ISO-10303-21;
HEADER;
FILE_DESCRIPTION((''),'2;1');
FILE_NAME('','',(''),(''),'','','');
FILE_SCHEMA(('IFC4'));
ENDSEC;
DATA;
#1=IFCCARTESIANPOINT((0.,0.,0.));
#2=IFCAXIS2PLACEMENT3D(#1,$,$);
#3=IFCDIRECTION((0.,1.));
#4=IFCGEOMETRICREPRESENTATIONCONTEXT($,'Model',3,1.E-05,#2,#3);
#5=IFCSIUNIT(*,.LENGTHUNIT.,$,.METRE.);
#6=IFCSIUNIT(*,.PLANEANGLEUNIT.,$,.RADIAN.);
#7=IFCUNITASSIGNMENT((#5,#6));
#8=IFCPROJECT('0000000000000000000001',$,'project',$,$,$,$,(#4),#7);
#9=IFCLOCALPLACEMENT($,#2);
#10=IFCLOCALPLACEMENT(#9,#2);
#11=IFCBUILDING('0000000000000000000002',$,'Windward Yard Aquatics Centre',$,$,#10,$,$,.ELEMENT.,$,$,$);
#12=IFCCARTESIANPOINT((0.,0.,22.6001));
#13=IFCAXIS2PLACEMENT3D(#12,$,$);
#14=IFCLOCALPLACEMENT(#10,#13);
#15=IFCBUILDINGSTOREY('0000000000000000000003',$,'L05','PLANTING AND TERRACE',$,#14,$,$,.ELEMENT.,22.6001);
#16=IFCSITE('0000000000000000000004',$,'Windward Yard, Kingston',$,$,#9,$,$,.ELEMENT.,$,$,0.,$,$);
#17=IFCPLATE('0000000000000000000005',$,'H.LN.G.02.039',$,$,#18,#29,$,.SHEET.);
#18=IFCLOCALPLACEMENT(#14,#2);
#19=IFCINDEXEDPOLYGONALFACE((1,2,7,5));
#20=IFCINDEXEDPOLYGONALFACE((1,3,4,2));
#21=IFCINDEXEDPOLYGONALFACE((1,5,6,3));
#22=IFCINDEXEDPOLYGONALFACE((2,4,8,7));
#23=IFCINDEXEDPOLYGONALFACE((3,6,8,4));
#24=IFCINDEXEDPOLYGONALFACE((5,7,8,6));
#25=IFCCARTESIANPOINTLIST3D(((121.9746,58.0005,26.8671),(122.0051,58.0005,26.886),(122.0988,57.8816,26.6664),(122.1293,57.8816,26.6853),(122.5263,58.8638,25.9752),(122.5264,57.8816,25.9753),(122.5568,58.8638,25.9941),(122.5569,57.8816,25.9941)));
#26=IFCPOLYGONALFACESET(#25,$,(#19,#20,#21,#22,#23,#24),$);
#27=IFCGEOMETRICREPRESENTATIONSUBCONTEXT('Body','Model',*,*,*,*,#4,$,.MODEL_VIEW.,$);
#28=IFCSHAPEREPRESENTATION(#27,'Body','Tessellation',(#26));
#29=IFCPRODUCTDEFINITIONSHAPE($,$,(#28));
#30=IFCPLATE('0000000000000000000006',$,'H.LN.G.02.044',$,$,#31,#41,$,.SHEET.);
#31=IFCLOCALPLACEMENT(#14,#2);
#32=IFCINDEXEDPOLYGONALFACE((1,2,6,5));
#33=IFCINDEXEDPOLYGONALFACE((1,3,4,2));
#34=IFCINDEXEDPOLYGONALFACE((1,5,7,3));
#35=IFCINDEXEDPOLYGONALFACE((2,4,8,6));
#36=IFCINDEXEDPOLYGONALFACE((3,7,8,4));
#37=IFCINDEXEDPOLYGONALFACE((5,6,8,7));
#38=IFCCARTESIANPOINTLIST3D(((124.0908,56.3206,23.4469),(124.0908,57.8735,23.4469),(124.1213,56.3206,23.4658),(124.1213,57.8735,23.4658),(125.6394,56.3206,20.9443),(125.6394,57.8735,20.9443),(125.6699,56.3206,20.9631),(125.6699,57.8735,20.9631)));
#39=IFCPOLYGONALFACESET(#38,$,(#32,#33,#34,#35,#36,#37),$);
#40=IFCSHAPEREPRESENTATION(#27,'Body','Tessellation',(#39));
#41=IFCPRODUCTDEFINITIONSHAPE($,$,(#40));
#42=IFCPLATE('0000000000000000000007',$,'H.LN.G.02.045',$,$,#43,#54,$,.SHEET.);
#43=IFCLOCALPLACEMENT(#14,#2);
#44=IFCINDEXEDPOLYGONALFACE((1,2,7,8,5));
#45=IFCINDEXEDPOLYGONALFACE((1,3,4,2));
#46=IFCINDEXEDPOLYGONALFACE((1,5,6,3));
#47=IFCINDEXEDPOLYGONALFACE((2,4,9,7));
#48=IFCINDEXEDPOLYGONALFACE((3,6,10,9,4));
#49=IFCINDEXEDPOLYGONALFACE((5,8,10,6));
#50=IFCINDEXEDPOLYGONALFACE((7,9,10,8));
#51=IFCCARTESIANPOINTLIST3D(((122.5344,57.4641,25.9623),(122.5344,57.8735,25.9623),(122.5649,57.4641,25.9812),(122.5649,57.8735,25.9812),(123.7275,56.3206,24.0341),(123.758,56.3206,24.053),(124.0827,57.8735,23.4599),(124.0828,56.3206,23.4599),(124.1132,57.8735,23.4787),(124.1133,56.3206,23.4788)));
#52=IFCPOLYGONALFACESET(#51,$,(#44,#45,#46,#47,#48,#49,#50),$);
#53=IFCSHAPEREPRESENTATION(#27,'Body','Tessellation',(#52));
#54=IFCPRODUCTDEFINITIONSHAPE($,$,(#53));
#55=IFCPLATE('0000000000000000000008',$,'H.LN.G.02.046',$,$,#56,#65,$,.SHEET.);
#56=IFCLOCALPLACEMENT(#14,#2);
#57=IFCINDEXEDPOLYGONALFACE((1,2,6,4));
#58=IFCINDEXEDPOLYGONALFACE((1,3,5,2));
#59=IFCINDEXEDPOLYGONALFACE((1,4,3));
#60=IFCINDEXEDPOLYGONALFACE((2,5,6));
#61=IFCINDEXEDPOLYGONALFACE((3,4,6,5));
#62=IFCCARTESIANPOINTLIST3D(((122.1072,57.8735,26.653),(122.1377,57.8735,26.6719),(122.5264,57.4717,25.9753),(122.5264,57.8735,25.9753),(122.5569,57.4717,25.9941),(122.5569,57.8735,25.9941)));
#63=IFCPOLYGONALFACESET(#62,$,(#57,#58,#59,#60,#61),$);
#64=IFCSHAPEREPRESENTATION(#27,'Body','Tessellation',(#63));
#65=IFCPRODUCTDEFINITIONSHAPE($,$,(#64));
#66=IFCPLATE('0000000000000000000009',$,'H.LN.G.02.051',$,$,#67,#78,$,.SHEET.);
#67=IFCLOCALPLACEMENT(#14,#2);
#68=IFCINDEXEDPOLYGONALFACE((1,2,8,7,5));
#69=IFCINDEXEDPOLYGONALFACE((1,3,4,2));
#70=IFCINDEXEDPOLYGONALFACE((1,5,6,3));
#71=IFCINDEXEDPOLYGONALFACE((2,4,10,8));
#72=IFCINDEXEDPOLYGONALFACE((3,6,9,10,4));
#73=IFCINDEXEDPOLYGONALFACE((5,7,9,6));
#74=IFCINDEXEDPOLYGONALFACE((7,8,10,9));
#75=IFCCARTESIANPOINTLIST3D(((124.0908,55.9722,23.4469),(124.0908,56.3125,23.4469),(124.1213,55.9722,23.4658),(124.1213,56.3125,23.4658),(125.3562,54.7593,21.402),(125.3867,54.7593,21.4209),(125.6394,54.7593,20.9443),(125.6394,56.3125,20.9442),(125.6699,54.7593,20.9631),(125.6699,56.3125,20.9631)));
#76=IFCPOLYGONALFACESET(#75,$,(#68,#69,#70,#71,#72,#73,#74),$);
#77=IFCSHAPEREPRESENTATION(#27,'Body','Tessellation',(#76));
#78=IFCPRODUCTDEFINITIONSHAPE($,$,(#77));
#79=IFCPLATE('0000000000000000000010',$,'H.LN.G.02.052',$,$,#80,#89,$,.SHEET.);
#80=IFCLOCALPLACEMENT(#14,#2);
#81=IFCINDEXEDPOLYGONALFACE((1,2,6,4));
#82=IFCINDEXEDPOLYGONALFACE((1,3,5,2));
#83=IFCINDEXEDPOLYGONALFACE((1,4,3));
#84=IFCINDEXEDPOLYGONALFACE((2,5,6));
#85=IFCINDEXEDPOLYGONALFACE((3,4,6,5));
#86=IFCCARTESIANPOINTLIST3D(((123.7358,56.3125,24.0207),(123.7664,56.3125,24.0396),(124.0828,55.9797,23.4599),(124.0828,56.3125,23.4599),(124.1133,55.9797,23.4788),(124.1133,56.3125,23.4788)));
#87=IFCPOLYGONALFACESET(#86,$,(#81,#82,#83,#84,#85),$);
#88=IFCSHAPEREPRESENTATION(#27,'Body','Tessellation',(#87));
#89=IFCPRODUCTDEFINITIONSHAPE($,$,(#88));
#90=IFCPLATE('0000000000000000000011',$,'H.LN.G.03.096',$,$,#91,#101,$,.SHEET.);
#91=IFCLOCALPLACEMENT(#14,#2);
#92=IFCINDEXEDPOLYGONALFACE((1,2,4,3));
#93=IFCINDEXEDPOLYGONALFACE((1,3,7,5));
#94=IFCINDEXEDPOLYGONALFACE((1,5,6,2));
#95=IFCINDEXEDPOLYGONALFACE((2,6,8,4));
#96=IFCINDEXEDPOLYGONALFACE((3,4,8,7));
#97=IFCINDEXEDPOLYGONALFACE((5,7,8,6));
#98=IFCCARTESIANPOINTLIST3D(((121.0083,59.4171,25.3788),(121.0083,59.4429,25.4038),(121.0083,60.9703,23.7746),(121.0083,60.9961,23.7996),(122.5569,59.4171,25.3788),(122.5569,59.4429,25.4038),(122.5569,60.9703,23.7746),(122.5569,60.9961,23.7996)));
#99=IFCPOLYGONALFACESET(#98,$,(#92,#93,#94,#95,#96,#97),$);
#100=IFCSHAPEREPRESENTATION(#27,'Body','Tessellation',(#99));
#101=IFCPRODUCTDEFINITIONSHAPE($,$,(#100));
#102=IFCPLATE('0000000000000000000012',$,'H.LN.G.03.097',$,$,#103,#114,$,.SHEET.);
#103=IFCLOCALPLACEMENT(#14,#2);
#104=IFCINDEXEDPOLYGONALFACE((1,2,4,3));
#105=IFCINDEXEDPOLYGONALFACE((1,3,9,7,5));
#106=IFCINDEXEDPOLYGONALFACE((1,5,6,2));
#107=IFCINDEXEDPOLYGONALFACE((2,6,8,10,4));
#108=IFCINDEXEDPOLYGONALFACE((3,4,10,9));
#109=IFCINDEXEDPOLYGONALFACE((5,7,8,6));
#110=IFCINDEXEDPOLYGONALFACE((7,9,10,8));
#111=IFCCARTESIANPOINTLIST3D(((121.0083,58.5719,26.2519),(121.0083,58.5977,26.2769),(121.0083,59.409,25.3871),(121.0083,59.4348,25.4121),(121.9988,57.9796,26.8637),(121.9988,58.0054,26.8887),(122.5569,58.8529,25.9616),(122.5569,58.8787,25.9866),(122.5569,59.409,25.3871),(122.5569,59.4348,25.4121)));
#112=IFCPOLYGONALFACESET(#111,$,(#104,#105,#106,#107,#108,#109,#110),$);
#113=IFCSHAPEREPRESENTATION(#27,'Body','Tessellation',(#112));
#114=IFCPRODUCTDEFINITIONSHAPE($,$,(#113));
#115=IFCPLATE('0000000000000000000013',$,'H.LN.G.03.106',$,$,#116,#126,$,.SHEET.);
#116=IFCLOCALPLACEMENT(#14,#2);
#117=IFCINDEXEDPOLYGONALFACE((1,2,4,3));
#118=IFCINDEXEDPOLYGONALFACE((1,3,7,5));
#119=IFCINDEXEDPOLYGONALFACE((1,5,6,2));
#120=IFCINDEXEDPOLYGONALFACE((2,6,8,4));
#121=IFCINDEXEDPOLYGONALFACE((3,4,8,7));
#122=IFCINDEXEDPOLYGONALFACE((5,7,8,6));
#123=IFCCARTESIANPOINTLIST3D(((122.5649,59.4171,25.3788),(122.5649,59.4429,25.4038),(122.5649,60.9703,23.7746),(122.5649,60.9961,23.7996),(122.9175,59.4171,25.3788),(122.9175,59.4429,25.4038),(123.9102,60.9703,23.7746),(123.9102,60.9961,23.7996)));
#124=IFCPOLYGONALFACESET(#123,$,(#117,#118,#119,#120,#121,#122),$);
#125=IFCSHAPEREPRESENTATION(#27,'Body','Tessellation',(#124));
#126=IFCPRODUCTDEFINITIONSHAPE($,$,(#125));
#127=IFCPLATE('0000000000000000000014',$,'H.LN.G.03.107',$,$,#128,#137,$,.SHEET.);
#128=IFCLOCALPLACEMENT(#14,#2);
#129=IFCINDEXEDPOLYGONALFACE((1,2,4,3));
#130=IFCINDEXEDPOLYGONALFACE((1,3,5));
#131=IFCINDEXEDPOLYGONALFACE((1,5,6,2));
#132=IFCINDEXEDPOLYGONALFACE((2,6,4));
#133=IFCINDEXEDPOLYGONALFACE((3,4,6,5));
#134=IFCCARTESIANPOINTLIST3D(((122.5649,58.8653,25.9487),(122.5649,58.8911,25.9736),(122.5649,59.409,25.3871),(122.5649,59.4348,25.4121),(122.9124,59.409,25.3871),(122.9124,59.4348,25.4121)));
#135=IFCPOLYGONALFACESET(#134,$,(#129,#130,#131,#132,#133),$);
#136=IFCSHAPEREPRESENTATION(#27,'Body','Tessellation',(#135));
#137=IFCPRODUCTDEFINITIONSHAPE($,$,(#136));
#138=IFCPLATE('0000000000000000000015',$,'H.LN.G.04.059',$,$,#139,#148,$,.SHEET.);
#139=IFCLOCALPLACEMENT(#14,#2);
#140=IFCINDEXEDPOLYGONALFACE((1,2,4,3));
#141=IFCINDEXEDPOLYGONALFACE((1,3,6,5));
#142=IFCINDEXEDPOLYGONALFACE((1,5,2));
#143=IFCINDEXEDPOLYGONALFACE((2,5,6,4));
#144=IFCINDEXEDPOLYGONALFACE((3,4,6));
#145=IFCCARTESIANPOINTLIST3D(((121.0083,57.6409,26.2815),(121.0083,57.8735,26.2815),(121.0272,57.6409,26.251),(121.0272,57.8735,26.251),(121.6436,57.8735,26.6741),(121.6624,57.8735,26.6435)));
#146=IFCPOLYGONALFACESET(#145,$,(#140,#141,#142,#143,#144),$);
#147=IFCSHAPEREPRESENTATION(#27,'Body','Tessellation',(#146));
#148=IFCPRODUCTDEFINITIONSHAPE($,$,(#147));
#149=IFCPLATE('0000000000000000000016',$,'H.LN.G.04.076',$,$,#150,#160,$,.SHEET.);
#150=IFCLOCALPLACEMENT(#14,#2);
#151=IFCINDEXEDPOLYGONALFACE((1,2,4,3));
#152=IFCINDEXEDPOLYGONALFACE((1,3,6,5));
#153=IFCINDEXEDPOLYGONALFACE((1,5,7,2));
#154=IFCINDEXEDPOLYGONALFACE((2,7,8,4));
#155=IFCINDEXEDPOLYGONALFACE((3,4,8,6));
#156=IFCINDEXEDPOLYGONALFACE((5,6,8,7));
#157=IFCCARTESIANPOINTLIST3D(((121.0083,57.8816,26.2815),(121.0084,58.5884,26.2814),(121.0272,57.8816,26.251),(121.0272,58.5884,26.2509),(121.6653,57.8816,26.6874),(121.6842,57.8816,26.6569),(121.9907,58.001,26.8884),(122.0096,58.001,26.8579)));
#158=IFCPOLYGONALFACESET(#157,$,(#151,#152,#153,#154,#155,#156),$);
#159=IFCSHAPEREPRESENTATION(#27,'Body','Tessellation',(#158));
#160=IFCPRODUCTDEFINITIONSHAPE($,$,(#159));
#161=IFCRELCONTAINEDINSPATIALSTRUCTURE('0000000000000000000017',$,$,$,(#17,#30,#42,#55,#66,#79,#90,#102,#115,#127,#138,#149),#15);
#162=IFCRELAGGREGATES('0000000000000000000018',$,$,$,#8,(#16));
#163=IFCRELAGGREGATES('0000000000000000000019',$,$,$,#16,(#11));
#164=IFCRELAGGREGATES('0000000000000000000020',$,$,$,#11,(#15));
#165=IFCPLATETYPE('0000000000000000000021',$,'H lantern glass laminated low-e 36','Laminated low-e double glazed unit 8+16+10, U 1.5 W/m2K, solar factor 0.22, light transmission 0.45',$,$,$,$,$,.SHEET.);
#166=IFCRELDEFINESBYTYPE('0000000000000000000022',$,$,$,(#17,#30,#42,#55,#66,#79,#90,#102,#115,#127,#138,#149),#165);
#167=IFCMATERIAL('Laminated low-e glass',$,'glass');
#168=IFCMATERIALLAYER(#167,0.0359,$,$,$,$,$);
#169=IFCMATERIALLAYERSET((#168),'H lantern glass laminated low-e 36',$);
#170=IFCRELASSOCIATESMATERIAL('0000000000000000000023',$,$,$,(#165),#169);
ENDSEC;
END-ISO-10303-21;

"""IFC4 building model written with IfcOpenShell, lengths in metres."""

from ifc_helpers import new_model, si_unit, direction, frame, origin, place, context, subcontext, project, spatial, polyline, outline, extrude, material, layer, layer_set, type_object, element, save


model = new_model("IFC4")

# Units and contexts
model_context = context("Model", 3, precision=1e-05, world=origin(), true_north=direction((0.0, 1.0)))
body_context = subcontext(model_context, "Body", "Model", "MODEL_VIEW")
ifc_project = project(units=[si_unit("LENGTHUNIT", "METRE"), si_unit("PLANEANGLEUNIT", "RADIAN")], contexts=[model_context])

# Site, building, storey
site_placement = place(None, origin())
site = spatial("IfcSite", under=ifc_project, at=site_placement, Name="Windward Yard, Kingston", CompositionType="ELEMENT", RefElevation=0.0)
building_placement = place(site_placement, origin())
building = spatial("IfcBuilding", under=site, at=building_placement, Name="Windward Yard Aquatics Centre", CompositionType="ELEMENT")
storey_placement = place(building_placement, frame((0.0, 0.0, 22.6001)))
storey = spatial("IfcBuildingStorey", under=building, at=storey_placement, Name="L05", Description="PLANTING AND TERRACE", CompositionType="ELEMENT", Elevation=22.6001)

# Plates
ifc_material_1 = material(Name="Laminated low-e glass", Category="glass")
ifc_layer = layer(ifc_material_1, 0.0359)
ifc_layer_set = layer_set([ifc_layer], Name="H lantern glass laminated low-e 36")
plate_type = type_object("IfcPlateType", Name="H lantern glass laminated low-e 36", Description="Laminated low-e double glazed unit 8+16+10, U 1.5 W/m2K, solar factor 0.22, light transmission 0.45", PredefinedType="SHEET", material=ifc_layer_set)
plate_1_placement = place(storey_placement, frame((122.0051, 58.0005, 26.886), z_axis=(0.850414, 0.000088, 0.526114), x_axis=(0.406147, 0.635543, -0.656605)))
element("IfcPlate", 1, at=plate_1_placement, inside=storey, type_object=plate_type, Name="H.LN.G.02.039", PredefinedType="SHEET", context=body_context, shape_type="SweptSolid", body=[
    extrude(outline(polyline([(0.0, 0.0), (1.3583, 0.0), (0.7341, -0.7583), (0.1067, -0.2418), (0.0, 0.0)])), origin(), (0.0, 0.0, -1.0), 0.0359),
])
plate_2_placement = place(storey_placement, frame((124.1213, 56.3206, 23.4658), z_axis=(0.850371, 0.0, 0.526183), x_axis=(0.0, 1.0, 0.0)))
element("IfcPlate", 2, at=plate_2_placement, inside=storey, type_object=plate_type, Name="H.LN.G.02.044", PredefinedType="SHEET", context=body_context, shape_type="SweptSolid", body=[
    extrude(outline(polyline([(0.0, 0.0), (1.553, 0.0), (1.553, -2.9431), (0.0, -2.9431), (0.0, 0.0)])), origin(), (0.0, 0.0, -1.0), 0.0359),
])
plate_3_placement = place(storey_placement, frame((122.5649, 57.4641, 25.9812), z_axis=(0.85039, 0.000024, 0.526152), x_axis=(-0.00002, 1.0, -0.000013)))
element("IfcPlate", 3, at=plate_3_placement, inside=storey, type_object=plate_type, Name="H.LN.G.02.045", PredefinedType="SHEET", context=body_context, shape_type="SweptSolid", body=[
    extrude(outline(polyline([(0.0, 0.0), (0.4094, 0.0), (0.4094, -2.9427), (-1.1436, -2.9427), (-1.1436, -2.2675), (0.0, 0.0)])), origin(), (0.0, 0.0, -1.0), 0.0359),
])
plate_4_placement = place(storey_placement, frame((122.1377, 57.8735, 26.6719), z_axis=(0.850467, 0.0, 0.526028), x_axis=(0.526028, 0.0, -0.850467)))
element("IfcPlate", 4, at=plate_4_placement, inside=storey, type_object=plate_type, Name="H.LN.G.02.046", PredefinedType="SHEET", context=body_context, shape_type="SweptSolid", body=[
    extrude(outline(polyline([(0.0, 0.0), (0.7969, 0.0), (0.7969, -0.4019), (0.0, 0.0)])), origin(), (0.0, 0.0, -1.0), 0.0359),
])
plate_5_placement = place(storey_placement, frame((124.1213, 55.9722, 23.4658), z_axis=(0.850375, 0.000019, 0.526177), x_axis=(-0.000016, 1.0, -0.00001)))
element("IfcPlate", 5, at=plate_5_placement, inside=storey, type_object=plate_type, Name="H.LN.G.02.051", PredefinedType="SHEET", context=body_context, shape_type="SweptSolid", body=[
    extrude(outline(polyline([(0.0, 0.0), (0.3403, 0.0), (0.3403, -2.9431), (-1.2129, -2.9431), (-1.2129, -2.4048), (0.0, 0.0)])), origin(), (0.0, 0.0, -1.0), 0.0359),
])
plate_6_placement = place(storey_placement, frame((123.7664, 56.3125, 24.0396), z_axis=(0.850423, 0.0, 0.5261), x_axis=(0.5261, 0.0, -0.850423)))
element("IfcPlate", 6, at=plate_6_placement, inside=storey, type_object=plate_type, Name="H.LN.G.02.052", PredefinedType="SHEET", context=body_context, shape_type="SweptSolid", body=[
    extrude(outline(polyline([(0.0, 0.0), (0.6594, 0.0), (0.6594, -0.3328), (0.0, 0.0)])), origin(), (0.0, 0.0, -1.0), 0.0359),
])
plate_7_placement = place(storey_placement, frame((121.0083, 59.4429, 25.4038), z_axis=(0.0, 0.71844, 0.695589), x_axis=(0.0, 0.695589, -0.71844)))
element("IfcPlate", 7, at=plate_7_placement, inside=storey, type_object=plate_type, Name="H.LN.G.03.096", PredefinedType="SHEET", context=body_context, shape_type="SweptSolid", body=[
    extrude(outline(polyline([(0.0, 0.0), (2.233, 0.0), (2.233, -1.5486), (0.0, -1.5486), (0.0, 0.0)])), origin(), (0.0, 0.0, -1.0), 0.0359),
])
plate_8_placement = place(storey_placement, frame((121.0083, 58.5977, 26.2769), z_axis=(0.000004, 0.718476, 0.695552), x_axis=(0.0, 0.695552, -0.718476)))
element("IfcPlate", 8, at=plate_8_placement, inside=storey, type_object=plate_type, Name="H.LN.G.03.097", PredefinedType="SHEET", context=body_context, shape_type="SweptSolid", body=[
    extrude(outline(polyline([(0.0, 0.0), (1.2036, 0.0), (1.2036, -1.5486), (0.404, -1.5486), (-0.8515, -0.9905), (0.0, 0.0)])), origin(), (0.0, 0.0, -1.0), 0.0359),
])
plate_9_placement = place(storey_placement, frame((122.5649, 59.4429, 25.4038), z_axis=(0.0, 0.71844, 0.695589), x_axis=(0.0, 0.695589, -0.71844)))
element("IfcPlate", 9, at=plate_9_placement, inside=storey, type_object=plate_type, Name="H.LN.G.03.106", PredefinedType="SHEET", context=body_context, shape_type="SweptSolid", body=[
    extrude(outline(polyline([(0.0, 0.0), (2.233, 0.0), (2.233, -1.3452), (0.0, -0.3525), (0.0, 0.0)])), origin(), (0.0, 0.0, -1.0), 0.0359),
])
plate_10_placement = place(storey_placement, frame((122.5649, 58.8911, 25.9736), z_axis=(0.0, 0.718416, 0.695614), x_axis=(0.0, 0.695614, -0.718416)))
element("IfcPlate", 10, at=plate_10_placement, inside=storey, type_object=plate_type, Name="H.LN.G.03.107", PredefinedType="SHEET", context=body_context, shape_type="SweptSolid", body=[
    extrude(outline(polyline([(0.0, 0.0), (0.7816, 0.0), (0.7816, -0.3474), (0.0, 0.0)])), origin(), (0.0, 0.0, -1.0), 0.0359),
])
plate_11_placement = place(storey_placement, frame((121.0083, 57.6409, 26.2815), z_axis=(-0.525702, 0.0, 0.850669), x_axis=(0.0, 1.0, 0.0)))
element("IfcPlate", 11, at=plate_11_placement, inside=storey, type_object=plate_type, Name="H.LN.G.04.059", PredefinedType="SHEET", context=body_context, shape_type="SweptSolid", body=[
    extrude(outline(polyline([(0.0, 0.0), (0.2327, 0.0), (0.2327, -0.7468), (0.0, 0.0)])), origin(), (0.0, 0.0, -1.0), 0.0359),
])
plate_12_placement = place(storey_placement, frame((121.0083, 57.8816, 26.2815), z_axis=(-0.525595, 0.000137, 0.850735), x_axis=(0.000072, 1.0, -0.000116)))
element("IfcPlate", 12, at=plate_12_placement, inside=storey, type_object=plate_type, Name="H.LN.G.04.076", PredefinedType="SHEET", context=body_context, shape_type="SweptSolid", body=[
    extrude(outline(polyline([(0.0, 0.0), (0.7068, 0.0), (0.1194, -1.1548), (0.0, -0.7723), (0.0, 0.0)])), origin(), (0.0, 0.0, -1.0), 0.0359),
])

save(model, "model.ifc")
